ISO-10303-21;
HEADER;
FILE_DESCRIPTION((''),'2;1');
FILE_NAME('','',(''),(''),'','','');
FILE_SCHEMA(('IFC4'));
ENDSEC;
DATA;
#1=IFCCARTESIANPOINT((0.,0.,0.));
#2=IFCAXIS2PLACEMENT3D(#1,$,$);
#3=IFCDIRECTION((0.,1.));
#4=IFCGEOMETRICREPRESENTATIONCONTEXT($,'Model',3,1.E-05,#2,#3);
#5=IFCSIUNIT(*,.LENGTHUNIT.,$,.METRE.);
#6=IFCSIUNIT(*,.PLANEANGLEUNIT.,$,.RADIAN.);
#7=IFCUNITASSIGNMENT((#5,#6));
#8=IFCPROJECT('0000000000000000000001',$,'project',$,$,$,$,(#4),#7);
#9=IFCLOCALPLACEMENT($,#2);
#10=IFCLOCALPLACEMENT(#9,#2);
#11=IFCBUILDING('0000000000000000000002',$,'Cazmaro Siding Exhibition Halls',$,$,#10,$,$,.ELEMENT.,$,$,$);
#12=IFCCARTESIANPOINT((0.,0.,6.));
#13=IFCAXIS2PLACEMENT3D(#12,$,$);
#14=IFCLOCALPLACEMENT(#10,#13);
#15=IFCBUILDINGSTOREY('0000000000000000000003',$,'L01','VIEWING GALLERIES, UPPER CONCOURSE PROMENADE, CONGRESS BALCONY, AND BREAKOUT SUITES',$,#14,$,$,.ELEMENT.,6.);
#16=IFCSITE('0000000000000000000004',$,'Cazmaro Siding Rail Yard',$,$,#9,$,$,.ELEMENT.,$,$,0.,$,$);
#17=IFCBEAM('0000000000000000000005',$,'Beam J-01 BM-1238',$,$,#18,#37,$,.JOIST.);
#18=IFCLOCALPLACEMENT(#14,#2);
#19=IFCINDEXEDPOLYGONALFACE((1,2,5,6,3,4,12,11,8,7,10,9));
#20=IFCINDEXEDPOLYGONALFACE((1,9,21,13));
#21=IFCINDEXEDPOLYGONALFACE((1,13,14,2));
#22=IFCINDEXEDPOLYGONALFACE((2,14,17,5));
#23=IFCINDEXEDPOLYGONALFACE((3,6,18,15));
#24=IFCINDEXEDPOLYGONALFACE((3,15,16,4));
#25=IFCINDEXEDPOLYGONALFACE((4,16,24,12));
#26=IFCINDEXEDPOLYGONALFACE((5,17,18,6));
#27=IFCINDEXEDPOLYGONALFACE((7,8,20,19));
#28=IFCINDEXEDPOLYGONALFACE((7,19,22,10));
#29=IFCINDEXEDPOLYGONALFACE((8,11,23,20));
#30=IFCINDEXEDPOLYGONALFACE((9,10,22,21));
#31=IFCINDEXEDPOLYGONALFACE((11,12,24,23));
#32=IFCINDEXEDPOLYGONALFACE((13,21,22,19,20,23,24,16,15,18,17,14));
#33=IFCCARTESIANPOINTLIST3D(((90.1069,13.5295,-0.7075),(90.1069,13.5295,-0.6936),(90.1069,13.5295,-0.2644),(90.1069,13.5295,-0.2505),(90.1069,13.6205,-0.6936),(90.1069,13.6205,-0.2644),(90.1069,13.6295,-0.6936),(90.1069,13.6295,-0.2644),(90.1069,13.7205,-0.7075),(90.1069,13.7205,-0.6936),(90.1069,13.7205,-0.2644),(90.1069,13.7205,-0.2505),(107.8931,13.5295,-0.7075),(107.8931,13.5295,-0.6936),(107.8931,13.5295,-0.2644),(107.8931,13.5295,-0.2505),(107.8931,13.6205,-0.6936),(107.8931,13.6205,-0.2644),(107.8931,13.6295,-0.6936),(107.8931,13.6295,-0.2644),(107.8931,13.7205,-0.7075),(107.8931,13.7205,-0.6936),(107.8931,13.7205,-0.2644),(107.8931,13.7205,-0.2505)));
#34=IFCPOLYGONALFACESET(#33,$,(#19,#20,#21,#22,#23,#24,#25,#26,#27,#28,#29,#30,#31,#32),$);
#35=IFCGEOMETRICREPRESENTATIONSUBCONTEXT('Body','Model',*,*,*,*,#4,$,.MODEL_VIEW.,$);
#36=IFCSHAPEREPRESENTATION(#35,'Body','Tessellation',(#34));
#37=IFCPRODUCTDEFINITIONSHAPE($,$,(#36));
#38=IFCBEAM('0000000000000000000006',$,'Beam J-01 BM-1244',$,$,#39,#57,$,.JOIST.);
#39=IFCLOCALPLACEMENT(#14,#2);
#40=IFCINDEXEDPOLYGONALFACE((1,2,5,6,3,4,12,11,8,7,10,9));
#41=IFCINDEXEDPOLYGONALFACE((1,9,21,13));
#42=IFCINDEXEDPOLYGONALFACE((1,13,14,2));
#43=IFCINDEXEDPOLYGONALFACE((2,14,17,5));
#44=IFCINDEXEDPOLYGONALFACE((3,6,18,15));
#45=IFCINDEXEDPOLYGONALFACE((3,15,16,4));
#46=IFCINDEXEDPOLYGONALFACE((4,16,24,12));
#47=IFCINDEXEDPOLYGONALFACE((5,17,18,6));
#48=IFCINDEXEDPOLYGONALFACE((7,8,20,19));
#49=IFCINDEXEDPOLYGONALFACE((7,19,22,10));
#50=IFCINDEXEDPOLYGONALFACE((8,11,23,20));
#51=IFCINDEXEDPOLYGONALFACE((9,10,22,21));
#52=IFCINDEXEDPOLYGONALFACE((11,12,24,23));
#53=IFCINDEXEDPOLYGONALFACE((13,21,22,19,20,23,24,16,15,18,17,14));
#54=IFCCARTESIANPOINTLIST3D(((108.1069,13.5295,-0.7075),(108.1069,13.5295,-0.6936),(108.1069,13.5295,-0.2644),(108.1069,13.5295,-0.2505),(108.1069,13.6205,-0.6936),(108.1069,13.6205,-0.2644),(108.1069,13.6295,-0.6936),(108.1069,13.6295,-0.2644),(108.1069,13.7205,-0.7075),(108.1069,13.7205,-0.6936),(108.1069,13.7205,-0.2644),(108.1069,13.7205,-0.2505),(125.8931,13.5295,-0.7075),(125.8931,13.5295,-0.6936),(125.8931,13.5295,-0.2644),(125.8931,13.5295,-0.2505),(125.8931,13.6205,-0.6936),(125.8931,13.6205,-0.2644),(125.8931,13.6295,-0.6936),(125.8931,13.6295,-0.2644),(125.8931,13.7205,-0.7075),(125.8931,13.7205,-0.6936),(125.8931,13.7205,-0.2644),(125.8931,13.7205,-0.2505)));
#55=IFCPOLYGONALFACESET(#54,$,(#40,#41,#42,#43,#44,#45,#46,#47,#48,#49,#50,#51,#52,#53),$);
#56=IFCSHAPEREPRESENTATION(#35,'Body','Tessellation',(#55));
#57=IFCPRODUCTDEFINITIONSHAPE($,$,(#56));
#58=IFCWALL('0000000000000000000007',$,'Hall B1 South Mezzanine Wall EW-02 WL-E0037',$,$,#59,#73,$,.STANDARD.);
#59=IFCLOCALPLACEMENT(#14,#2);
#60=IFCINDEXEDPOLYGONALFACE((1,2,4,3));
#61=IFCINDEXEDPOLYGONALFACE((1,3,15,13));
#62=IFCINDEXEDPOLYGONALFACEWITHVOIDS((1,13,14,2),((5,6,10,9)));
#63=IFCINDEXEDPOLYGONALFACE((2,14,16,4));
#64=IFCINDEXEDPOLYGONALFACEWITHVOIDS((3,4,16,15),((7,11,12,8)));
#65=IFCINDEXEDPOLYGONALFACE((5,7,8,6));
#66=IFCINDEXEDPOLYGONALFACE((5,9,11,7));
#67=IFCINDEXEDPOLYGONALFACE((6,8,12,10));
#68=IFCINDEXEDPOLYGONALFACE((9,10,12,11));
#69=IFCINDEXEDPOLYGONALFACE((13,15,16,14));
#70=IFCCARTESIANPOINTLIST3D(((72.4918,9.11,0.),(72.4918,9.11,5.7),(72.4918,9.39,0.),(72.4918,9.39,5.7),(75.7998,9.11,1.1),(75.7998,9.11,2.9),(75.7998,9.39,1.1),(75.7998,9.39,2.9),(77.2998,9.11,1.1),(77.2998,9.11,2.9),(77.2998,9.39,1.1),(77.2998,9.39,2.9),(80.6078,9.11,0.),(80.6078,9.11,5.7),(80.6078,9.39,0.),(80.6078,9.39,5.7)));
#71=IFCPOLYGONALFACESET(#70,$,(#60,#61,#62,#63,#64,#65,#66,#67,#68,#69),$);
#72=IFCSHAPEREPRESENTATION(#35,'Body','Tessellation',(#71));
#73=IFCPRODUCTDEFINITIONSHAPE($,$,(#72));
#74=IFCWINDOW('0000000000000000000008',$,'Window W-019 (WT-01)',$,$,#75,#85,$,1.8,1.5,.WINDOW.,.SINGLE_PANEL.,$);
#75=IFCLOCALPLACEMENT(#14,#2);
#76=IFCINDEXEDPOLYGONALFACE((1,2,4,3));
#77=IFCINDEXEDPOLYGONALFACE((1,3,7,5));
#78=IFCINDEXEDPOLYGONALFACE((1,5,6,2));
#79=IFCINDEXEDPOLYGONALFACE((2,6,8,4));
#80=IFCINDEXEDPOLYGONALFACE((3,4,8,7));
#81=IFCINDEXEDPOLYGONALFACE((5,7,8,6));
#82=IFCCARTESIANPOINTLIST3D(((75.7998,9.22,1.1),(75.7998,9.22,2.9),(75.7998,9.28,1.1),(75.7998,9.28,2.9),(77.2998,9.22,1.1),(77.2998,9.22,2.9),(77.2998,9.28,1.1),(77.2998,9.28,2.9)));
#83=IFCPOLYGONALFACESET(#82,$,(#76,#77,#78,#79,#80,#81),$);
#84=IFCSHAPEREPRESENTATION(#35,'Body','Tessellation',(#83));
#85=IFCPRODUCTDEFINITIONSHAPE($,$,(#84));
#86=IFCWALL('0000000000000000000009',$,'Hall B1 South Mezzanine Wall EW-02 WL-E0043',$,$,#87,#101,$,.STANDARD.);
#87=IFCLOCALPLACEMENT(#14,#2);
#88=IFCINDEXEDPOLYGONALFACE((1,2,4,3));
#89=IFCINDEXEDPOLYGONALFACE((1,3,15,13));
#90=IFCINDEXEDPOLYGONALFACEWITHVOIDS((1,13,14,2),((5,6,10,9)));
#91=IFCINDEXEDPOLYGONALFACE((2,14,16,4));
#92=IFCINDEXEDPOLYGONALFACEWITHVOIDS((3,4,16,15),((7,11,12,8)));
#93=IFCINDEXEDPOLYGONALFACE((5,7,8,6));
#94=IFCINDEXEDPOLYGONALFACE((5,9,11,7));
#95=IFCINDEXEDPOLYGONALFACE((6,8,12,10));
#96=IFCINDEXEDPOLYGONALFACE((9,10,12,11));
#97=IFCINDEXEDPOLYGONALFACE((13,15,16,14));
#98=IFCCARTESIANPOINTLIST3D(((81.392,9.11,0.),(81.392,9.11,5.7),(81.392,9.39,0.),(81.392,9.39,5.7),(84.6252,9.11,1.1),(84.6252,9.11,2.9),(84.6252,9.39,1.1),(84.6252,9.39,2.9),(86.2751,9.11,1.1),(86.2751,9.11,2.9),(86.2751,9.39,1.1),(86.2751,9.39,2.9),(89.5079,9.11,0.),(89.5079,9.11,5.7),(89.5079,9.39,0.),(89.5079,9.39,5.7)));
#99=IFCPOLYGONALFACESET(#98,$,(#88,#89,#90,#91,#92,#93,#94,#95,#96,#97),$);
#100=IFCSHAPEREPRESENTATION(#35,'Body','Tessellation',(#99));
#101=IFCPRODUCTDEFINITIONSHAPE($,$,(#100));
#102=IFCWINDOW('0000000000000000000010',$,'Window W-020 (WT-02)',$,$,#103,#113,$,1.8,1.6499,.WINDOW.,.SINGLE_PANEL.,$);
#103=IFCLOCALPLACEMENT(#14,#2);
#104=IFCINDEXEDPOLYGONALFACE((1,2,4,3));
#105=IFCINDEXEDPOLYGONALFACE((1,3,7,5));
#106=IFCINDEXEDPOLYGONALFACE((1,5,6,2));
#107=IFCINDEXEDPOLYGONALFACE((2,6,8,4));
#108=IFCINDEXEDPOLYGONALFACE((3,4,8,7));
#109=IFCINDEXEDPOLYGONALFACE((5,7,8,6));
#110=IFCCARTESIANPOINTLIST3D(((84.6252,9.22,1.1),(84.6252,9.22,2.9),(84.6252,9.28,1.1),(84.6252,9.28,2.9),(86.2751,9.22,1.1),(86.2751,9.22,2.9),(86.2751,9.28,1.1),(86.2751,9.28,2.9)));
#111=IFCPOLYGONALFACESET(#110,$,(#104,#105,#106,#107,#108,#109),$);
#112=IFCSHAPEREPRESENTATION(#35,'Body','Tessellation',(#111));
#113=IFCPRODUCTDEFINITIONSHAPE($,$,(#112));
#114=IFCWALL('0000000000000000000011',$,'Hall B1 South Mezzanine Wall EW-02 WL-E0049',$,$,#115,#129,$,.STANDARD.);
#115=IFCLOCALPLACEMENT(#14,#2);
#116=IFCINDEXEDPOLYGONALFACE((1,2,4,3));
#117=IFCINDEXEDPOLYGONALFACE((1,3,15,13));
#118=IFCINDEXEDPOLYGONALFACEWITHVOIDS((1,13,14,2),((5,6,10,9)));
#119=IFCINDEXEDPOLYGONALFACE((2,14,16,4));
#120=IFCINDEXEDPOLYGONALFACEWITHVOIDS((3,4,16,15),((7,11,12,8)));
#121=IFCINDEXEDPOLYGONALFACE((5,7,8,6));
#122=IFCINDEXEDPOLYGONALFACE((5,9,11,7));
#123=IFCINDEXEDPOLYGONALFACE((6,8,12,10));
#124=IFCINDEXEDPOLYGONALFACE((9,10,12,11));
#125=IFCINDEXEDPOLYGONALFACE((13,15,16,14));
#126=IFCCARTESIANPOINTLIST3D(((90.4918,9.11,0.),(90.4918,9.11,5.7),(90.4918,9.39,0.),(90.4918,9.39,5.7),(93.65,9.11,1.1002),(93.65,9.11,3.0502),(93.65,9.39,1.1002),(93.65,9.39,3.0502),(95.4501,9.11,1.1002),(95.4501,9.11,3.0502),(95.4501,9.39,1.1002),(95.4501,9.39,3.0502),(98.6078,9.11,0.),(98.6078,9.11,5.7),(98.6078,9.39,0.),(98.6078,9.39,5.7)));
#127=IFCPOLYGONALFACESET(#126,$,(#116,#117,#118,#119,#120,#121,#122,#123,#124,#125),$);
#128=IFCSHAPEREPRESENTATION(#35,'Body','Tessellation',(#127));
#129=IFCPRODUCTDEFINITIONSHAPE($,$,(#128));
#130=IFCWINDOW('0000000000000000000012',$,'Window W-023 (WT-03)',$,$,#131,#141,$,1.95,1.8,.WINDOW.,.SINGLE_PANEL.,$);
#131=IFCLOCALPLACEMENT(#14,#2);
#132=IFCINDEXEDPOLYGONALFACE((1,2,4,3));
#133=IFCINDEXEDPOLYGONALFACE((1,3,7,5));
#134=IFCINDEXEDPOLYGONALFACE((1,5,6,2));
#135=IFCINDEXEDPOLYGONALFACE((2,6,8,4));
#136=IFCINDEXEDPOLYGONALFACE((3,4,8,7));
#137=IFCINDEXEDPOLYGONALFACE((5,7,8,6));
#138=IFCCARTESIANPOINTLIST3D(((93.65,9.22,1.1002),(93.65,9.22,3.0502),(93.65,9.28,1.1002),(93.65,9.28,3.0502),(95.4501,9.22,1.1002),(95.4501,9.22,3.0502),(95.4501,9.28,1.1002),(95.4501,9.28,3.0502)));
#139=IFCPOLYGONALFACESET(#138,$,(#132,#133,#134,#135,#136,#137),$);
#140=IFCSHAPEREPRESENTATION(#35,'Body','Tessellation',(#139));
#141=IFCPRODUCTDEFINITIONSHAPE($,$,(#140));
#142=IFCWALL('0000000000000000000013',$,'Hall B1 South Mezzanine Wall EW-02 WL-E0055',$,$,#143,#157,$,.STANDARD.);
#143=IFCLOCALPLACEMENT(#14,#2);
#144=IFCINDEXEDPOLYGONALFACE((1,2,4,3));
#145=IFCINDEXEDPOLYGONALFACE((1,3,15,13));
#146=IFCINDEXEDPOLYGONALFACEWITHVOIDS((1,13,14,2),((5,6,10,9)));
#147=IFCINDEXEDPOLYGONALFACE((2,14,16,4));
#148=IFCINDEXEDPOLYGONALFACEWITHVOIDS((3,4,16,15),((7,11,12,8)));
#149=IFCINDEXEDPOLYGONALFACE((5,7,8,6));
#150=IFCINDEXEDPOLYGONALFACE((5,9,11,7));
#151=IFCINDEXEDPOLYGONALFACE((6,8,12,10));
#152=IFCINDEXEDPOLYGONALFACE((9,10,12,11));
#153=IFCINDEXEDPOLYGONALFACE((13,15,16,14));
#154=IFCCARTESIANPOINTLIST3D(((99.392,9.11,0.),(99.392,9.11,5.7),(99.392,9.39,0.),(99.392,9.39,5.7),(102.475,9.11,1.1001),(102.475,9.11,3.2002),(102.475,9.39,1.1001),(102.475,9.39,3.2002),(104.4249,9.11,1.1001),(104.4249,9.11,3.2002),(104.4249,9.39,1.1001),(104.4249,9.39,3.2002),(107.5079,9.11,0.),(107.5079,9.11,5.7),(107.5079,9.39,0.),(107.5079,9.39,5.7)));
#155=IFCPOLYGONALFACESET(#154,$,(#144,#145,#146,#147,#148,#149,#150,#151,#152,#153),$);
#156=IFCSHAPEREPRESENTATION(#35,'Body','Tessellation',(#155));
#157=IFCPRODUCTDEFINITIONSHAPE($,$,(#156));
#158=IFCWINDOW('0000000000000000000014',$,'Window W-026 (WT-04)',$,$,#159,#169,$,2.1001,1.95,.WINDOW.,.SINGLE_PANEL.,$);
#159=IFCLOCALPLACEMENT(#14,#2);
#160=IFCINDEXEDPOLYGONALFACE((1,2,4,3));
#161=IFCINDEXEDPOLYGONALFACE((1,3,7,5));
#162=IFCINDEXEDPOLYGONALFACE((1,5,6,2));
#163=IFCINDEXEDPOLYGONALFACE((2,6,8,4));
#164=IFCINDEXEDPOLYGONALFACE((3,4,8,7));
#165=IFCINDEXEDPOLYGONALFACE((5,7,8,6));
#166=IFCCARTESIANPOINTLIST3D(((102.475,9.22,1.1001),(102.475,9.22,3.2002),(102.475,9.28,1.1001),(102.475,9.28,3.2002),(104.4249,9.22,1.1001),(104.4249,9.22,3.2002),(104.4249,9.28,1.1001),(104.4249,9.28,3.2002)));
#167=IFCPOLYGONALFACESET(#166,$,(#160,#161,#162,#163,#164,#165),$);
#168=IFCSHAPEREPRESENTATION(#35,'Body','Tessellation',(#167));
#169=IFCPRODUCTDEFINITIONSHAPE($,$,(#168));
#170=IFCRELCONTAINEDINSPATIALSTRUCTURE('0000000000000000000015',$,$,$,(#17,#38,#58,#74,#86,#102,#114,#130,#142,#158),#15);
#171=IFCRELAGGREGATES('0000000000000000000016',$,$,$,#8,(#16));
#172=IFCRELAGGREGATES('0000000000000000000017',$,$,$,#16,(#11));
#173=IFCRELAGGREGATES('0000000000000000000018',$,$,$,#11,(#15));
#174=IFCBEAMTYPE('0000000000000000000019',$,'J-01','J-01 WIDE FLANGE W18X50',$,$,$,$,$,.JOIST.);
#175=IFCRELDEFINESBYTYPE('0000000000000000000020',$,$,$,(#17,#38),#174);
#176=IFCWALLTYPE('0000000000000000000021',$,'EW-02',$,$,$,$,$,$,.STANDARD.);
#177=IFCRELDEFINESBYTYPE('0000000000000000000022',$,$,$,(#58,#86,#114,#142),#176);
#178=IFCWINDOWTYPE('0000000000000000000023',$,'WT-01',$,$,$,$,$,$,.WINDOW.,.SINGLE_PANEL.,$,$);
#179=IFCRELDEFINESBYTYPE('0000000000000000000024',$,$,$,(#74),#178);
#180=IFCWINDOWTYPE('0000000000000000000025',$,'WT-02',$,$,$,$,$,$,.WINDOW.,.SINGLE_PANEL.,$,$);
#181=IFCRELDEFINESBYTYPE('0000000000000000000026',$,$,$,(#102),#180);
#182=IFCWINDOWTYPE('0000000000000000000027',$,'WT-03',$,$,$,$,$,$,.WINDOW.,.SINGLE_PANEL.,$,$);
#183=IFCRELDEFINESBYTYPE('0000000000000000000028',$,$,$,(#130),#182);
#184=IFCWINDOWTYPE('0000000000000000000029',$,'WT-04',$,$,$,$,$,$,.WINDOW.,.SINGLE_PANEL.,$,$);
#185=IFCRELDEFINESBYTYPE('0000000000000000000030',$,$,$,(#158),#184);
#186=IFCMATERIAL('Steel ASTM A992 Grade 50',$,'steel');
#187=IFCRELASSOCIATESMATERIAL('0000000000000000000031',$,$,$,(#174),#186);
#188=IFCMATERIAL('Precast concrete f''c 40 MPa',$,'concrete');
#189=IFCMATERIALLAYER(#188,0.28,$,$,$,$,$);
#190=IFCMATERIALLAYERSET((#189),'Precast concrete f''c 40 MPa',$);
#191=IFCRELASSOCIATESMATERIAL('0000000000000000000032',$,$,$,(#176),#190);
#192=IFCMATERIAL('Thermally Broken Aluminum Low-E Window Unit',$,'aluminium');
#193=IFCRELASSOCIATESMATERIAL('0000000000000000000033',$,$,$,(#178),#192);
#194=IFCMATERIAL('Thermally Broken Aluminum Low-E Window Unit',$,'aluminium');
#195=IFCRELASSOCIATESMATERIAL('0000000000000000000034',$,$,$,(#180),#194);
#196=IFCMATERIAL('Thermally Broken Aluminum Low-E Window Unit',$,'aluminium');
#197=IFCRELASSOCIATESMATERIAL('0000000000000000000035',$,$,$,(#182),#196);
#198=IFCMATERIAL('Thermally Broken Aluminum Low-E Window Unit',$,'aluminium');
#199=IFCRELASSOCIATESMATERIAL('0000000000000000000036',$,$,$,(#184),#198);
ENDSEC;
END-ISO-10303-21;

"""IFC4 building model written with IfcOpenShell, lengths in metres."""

from ifc_helpers import new_model, si_unit, direction, frame, frame_2d, origin, origin_2d, place, context, subcontext, project, spatial, rectangle, i_section, extrude, material, layer, layer_set, material_profile, profile_set, type_object, element, fill, save


model = new_model("IFC4")

# Units and contexts
model_context = context("Model", 3, precision=1e-05, world=origin(), true_north=direction((0.0, 1.0)))
body_context = subcontext(model_context, "Body", "Model", "MODEL_VIEW")
ifc_project = project(units=[si_unit("LENGTHUNIT", "METRE"), si_unit("PLANEANGLEUNIT", "RADIAN")], contexts=[model_context])

# Site, building, storey
site_placement = place(None, origin())
site = spatial("IfcSite", under=ifc_project, at=site_placement, Name="Cazmaro Siding Rail Yard", CompositionType="ELEMENT", RefElevation=0.0)
building_placement = place(site_placement, origin())
building = spatial("IfcBuilding", under=site, at=building_placement, Name="Cazmaro Siding Exhibition Halls", CompositionType="ELEMENT")
storey_placement = place(building_placement, frame((0.0, 0.0, 6.0)))
storey = spatial("IfcBuildingStorey", under=building, at=storey_placement, Name="L01", Description="VIEWING GALLERIES, UPPER CONCOURSE PROMENADE, CONGRESS BALCONY, AND BREAKOUT SUITES", CompositionType="ELEMENT", Elevation=6.0)

# Beams
ifc_material_1 = material(Name="Steel ASTM A992 Grade 50", Category="steel")
ifc_material_profile_1 = material_profile(ifc_material_1, i_section(OverallWidth=0.1909, OverallDepth=0.457, WebThickness=0.009, FlangeThickness=0.0139, at=origin_2d()), Name="W18X50")
ifc_profile_set_1 = profile_set([ifc_material_profile_1], Name="Steel ASTM A992 Grade 50")
beam_type_1 = type_object("IfcBeamType", Name="J-01", Description="J-01 WIDE FLANGE W18X50", PredefinedType="JOIST", material=ifc_profile_set_1)
for number, where, z_axis, x_axis, name in (
    (1, (90.1069, 13.625, -0.479), (1.0, 0.0, 0.0), (0.0, 1.0, 0.0), "Beam J-01 BM-1238"),
    (2, (108.1069, 13.625, -0.479), (1.0, 0.0, 0.0), (0.0, 1.0, 0.0), "Beam J-01 BM-1244"),
):
    element("IfcBeam", number, at=place(storey_placement, frame(where, z_axis=z_axis, x_axis=x_axis)), inside=storey, type_object=beam_type_1, Name=name, PredefinedType="JOIST", context=body_context, shape_type="SweptSolid", body=[
        extrude(i_section(OverallWidth=0.1909, OverallDepth=0.457, WebThickness=0.009, FlangeThickness=0.0139, at=origin_2d()), origin(), (0.0, 0.0, 1.0), 17.7861),
    ])

# Walls, openings, windows
ifc_material_2 = material(Name="Precast concrete f'c 40 MPa", Category="concrete")
ifc_layer_1 = layer(ifc_material_2, 0.28)
ifc_layer_set_1 = layer_set([ifc_layer_1], Name="Precast concrete f'c 40 MPa")
wall_type_1 = type_object("IfcWallType", Name="EW-02", PredefinedType="STANDARD", material=ifc_layer_set_1)
wall_1_placement = place(storey_placement, frame((80.6079, 9.25, 0.0), z_axis=(0.0, 0.0, 1.0), x_axis=(-1.0, 0.0, 0.0)))
wall_1 = element("IfcWall", 3, at=wall_1_placement, inside=storey, type_object=wall_type_1, Name="Hall B1 South Mezzanine Wall EW-02 WL-E0037", PredefinedType="STANDARD", context=body_context, shape_type="SweptSolid", body=[
    extrude(rectangle(XDim=8.116, YDim=0.28, at=frame_2d((4.0581, 0.0))), origin(), (0.0, 0.0, 1.0), 5.7),
])
opening_1_placement = place(wall_1_placement, frame((3.3081, 0.0, 1.1001)))
opening_1 = element("IfcOpeningElement", 4, at=opening_1_placement, cuts=wall_1, PredefinedType="OPENING", context=body_context, shape_type="SweptSolid", body=[
    extrude(rectangle(XDim=1.5, YDim=1.8, at=frame_2d((0.75, 0.8999))), frame((0.0, 0.1499, 0.0), z_axis=(0.0, -1.0, 0.0), x_axis=(1.0, 0.0, 0.0)), (0.0, 0.0, 1.0), 0.3),
])
ifc_material_3 = material(Name="Thermally Broken Aluminum Low-E Window Unit", Category="aluminium")
window_type_1 = type_object("IfcWindowType", Name="WT-01", PartitioningType="SINGLE_PANEL", PredefinedType="WINDOW", material=ifc_material_3)
window_1_placement = place(opening_1_placement, origin())
window_1 = element("IfcWindow", 5, at=window_1_placement, inside=storey, type_object=window_type_1, Name="Window W-019 (WT-01)", OverallHeight=1.8, OverallWidth=1.5, PartitioningType="SINGLE_PANEL", PredefinedType="WINDOW", context=body_context, shape_type="SweptSolid", body=[
    extrude(rectangle(XDim=1.5, YDim=1.8, at=frame_2d((0.75, 0.8999))), frame((0.0, 0.03, 0.0), z_axis=(0.0, -1.0, 0.0), x_axis=(1.0, 0.0, 0.0)), (0.0, 0.0, 1.0), 0.0601),
])
fill(opening_1, window_1)
wall_2_placement = place(storey_placement, frame((89.5081, 9.25, 0.0), z_axis=(0.0, 0.0, 1.0), x_axis=(-1.0, 0.0, 0.0)))
wall_2 = element("IfcWall", 6, at=wall_2_placement, inside=storey, type_object=wall_type_1, Name="Hall B1 South Mezzanine Wall EW-02 WL-E0043", PredefinedType="STANDARD", context=body_context, shape_type="SweptSolid", body=[
    extrude(rectangle(XDim=8.116, YDim=0.28, at=frame_2d((4.0581, 0.0))), origin(), (0.0, 0.0, 1.0), 5.7),
])
opening_2_placement = place(wall_2_placement, frame((3.2329, 0.0, 1.1001)))
opening_2 = element("IfcOpeningElement", 7, at=opening_2_placement, cuts=wall_2, PredefinedType="OPENING", context=body_context, shape_type="SweptSolid", body=[
    extrude(rectangle(XDim=1.6499, YDim=1.8, at=frame_2d((0.825, 0.8999))), frame((0.0, 0.1499, 0.0), z_axis=(0.0, -1.0, 0.0), x_axis=(1.0, 0.0, 0.0)), (0.0, 0.0, 1.0), 0.3),
])
ifc_material_4 = material(Name="Thermally Broken Aluminum Low-E Window Unit", Category="aluminium")
window_type_2 = type_object("IfcWindowType", Name="WT-02", PartitioningType="SINGLE_PANEL", PredefinedType="WINDOW", material=ifc_material_4)
window_2_placement = place(opening_2_placement, origin())
window_2 = element("IfcWindow", 8, at=window_2_placement, inside=storey, type_object=window_type_2, Name="Window W-020 (WT-02)", OverallHeight=1.8, OverallWidth=1.6499, PartitioningType="SINGLE_PANEL", PredefinedType="WINDOW", context=body_context, shape_type="SweptSolid", body=[
    extrude(rectangle(XDim=1.6499, YDim=1.8, at=frame_2d((0.825, 0.8999))), frame((0.0, 0.03, 0.0), z_axis=(0.0, -1.0, 0.0), x_axis=(1.0, 0.0, 0.0)), (0.0, 0.0, 1.0), 0.0601),
])
fill(opening_2, window_2)
wall_3_placement = place(storey_placement, frame((98.6079, 9.25, 0.0), z_axis=(0.0, 0.0, 1.0), x_axis=(-1.0, 0.0, 0.0)))
wall_3 = element("IfcWall", 9, at=wall_3_placement, inside=storey, type_object=wall_type_1, Name="Hall B1 South Mezzanine Wall EW-02 WL-E0049", PredefinedType="STANDARD", context=body_context, shape_type="SweptSolid", body=[
    extrude(rectangle(XDim=8.116, YDim=0.28, at=frame_2d((4.0581, 0.0))), origin(), (0.0, 0.0, 1.0), 5.7),
])
opening_3_placement = place(wall_3_placement, frame((3.158, 0.0, 1.1001)))
opening_3 = element("IfcOpeningElement", 10, at=opening_3_placement, cuts=wall_3, PredefinedType="OPENING", context=body_context, shape_type="SweptSolid", body=[
    extrude(rectangle(XDim=1.8, YDim=1.95, at=frame_2d((0.8999, 0.9751))), frame((0.0, 0.1499, 0.0), z_axis=(0.0, -1.0, 0.0), x_axis=(1.0, 0.0, 0.0)), (0.0, 0.0, 1.0), 0.3),
])
ifc_material_5 = material(Name="Thermally Broken Aluminum Low-E Window Unit", Category="aluminium")
window_type_3 = type_object("IfcWindowType", Name="WT-03", PartitioningType="SINGLE_PANEL", PredefinedType="WINDOW", material=ifc_material_5)
window_3_placement = place(opening_3_placement, origin())
window_3 = element("IfcWindow", 11, at=window_3_placement, inside=storey, type_object=window_type_3, Name="Window W-023 (WT-03)", OverallHeight=1.95, OverallWidth=1.8, PartitioningType="SINGLE_PANEL", PredefinedType="WINDOW", context=body_context, shape_type="SweptSolid", body=[
    extrude(rectangle(XDim=1.8, YDim=1.95, at=frame_2d((0.8999, 0.9751))), frame((0.0, 0.03, 0.0), z_axis=(0.0, -1.0, 0.0), x_axis=(1.0, 0.0, 0.0)), (0.0, 0.0, 1.0), 0.0601),
])
fill(opening_3, window_3)
wall_4_placement = place(storey_placement, frame((107.5081, 9.25, 0.0), z_axis=(0.0, 0.0, 1.0), x_axis=(-1.0, 0.0, 0.0)))
wall_4 = element("IfcWall", 12, at=wall_4_placement, inside=storey, type_object=wall_type_1, Name="Hall B1 South Mezzanine Wall EW-02 WL-E0055", PredefinedType="STANDARD", context=body_context, shape_type="SweptSolid", body=[
    extrude(rectangle(XDim=8.116, YDim=0.28, at=frame_2d((4.0581, 0.0))), origin(), (0.0, 0.0, 1.0), 5.7),
])
opening_4_placement = place(wall_4_placement, frame((3.083, 0.0, 1.1001)))
opening_4 = element("IfcOpeningElement", 13, at=opening_4_placement, cuts=wall_4, PredefinedType="OPENING", context=body_context, shape_type="SweptSolid", body=[
    extrude(rectangle(XDim=1.95, YDim=2.1001, at=frame_2d((0.9751, 1.05))), frame((0.0, 0.1499, 0.0), z_axis=(0.0, -1.0, 0.0), x_axis=(1.0, 0.0, 0.0)), (0.0, 0.0, 1.0), 0.3),
])
ifc_material_6 = material(Name="Thermally Broken Aluminum Low-E Window Unit", Category="aluminium")
window_type_4 = type_object("IfcWindowType", Name="WT-04", PartitioningType="SINGLE_PANEL", PredefinedType="WINDOW", material=ifc_material_6)
window_4_placement = place(opening_4_placement, origin())
window_4 = element("IfcWindow", 14, at=window_4_placement, inside=storey, type_object=window_type_4, Name="Window W-026 (WT-04)", OverallHeight=2.1001, OverallWidth=1.95, PartitioningType="SINGLE_PANEL", PredefinedType="WINDOW", context=body_context, shape_type="SweptSolid", body=[
    extrude(rectangle(XDim=1.95, YDim=2.1001, at=frame_2d((0.9751, 1.05))), frame((0.0, 0.03, 0.0), z_axis=(0.0, -1.0, 0.0), x_axis=(1.0, 0.0, 0.0)), (0.0, 0.0, 1.0), 0.0601),
])
fill(opening_4, window_4)

save(model, "model.ifc")
